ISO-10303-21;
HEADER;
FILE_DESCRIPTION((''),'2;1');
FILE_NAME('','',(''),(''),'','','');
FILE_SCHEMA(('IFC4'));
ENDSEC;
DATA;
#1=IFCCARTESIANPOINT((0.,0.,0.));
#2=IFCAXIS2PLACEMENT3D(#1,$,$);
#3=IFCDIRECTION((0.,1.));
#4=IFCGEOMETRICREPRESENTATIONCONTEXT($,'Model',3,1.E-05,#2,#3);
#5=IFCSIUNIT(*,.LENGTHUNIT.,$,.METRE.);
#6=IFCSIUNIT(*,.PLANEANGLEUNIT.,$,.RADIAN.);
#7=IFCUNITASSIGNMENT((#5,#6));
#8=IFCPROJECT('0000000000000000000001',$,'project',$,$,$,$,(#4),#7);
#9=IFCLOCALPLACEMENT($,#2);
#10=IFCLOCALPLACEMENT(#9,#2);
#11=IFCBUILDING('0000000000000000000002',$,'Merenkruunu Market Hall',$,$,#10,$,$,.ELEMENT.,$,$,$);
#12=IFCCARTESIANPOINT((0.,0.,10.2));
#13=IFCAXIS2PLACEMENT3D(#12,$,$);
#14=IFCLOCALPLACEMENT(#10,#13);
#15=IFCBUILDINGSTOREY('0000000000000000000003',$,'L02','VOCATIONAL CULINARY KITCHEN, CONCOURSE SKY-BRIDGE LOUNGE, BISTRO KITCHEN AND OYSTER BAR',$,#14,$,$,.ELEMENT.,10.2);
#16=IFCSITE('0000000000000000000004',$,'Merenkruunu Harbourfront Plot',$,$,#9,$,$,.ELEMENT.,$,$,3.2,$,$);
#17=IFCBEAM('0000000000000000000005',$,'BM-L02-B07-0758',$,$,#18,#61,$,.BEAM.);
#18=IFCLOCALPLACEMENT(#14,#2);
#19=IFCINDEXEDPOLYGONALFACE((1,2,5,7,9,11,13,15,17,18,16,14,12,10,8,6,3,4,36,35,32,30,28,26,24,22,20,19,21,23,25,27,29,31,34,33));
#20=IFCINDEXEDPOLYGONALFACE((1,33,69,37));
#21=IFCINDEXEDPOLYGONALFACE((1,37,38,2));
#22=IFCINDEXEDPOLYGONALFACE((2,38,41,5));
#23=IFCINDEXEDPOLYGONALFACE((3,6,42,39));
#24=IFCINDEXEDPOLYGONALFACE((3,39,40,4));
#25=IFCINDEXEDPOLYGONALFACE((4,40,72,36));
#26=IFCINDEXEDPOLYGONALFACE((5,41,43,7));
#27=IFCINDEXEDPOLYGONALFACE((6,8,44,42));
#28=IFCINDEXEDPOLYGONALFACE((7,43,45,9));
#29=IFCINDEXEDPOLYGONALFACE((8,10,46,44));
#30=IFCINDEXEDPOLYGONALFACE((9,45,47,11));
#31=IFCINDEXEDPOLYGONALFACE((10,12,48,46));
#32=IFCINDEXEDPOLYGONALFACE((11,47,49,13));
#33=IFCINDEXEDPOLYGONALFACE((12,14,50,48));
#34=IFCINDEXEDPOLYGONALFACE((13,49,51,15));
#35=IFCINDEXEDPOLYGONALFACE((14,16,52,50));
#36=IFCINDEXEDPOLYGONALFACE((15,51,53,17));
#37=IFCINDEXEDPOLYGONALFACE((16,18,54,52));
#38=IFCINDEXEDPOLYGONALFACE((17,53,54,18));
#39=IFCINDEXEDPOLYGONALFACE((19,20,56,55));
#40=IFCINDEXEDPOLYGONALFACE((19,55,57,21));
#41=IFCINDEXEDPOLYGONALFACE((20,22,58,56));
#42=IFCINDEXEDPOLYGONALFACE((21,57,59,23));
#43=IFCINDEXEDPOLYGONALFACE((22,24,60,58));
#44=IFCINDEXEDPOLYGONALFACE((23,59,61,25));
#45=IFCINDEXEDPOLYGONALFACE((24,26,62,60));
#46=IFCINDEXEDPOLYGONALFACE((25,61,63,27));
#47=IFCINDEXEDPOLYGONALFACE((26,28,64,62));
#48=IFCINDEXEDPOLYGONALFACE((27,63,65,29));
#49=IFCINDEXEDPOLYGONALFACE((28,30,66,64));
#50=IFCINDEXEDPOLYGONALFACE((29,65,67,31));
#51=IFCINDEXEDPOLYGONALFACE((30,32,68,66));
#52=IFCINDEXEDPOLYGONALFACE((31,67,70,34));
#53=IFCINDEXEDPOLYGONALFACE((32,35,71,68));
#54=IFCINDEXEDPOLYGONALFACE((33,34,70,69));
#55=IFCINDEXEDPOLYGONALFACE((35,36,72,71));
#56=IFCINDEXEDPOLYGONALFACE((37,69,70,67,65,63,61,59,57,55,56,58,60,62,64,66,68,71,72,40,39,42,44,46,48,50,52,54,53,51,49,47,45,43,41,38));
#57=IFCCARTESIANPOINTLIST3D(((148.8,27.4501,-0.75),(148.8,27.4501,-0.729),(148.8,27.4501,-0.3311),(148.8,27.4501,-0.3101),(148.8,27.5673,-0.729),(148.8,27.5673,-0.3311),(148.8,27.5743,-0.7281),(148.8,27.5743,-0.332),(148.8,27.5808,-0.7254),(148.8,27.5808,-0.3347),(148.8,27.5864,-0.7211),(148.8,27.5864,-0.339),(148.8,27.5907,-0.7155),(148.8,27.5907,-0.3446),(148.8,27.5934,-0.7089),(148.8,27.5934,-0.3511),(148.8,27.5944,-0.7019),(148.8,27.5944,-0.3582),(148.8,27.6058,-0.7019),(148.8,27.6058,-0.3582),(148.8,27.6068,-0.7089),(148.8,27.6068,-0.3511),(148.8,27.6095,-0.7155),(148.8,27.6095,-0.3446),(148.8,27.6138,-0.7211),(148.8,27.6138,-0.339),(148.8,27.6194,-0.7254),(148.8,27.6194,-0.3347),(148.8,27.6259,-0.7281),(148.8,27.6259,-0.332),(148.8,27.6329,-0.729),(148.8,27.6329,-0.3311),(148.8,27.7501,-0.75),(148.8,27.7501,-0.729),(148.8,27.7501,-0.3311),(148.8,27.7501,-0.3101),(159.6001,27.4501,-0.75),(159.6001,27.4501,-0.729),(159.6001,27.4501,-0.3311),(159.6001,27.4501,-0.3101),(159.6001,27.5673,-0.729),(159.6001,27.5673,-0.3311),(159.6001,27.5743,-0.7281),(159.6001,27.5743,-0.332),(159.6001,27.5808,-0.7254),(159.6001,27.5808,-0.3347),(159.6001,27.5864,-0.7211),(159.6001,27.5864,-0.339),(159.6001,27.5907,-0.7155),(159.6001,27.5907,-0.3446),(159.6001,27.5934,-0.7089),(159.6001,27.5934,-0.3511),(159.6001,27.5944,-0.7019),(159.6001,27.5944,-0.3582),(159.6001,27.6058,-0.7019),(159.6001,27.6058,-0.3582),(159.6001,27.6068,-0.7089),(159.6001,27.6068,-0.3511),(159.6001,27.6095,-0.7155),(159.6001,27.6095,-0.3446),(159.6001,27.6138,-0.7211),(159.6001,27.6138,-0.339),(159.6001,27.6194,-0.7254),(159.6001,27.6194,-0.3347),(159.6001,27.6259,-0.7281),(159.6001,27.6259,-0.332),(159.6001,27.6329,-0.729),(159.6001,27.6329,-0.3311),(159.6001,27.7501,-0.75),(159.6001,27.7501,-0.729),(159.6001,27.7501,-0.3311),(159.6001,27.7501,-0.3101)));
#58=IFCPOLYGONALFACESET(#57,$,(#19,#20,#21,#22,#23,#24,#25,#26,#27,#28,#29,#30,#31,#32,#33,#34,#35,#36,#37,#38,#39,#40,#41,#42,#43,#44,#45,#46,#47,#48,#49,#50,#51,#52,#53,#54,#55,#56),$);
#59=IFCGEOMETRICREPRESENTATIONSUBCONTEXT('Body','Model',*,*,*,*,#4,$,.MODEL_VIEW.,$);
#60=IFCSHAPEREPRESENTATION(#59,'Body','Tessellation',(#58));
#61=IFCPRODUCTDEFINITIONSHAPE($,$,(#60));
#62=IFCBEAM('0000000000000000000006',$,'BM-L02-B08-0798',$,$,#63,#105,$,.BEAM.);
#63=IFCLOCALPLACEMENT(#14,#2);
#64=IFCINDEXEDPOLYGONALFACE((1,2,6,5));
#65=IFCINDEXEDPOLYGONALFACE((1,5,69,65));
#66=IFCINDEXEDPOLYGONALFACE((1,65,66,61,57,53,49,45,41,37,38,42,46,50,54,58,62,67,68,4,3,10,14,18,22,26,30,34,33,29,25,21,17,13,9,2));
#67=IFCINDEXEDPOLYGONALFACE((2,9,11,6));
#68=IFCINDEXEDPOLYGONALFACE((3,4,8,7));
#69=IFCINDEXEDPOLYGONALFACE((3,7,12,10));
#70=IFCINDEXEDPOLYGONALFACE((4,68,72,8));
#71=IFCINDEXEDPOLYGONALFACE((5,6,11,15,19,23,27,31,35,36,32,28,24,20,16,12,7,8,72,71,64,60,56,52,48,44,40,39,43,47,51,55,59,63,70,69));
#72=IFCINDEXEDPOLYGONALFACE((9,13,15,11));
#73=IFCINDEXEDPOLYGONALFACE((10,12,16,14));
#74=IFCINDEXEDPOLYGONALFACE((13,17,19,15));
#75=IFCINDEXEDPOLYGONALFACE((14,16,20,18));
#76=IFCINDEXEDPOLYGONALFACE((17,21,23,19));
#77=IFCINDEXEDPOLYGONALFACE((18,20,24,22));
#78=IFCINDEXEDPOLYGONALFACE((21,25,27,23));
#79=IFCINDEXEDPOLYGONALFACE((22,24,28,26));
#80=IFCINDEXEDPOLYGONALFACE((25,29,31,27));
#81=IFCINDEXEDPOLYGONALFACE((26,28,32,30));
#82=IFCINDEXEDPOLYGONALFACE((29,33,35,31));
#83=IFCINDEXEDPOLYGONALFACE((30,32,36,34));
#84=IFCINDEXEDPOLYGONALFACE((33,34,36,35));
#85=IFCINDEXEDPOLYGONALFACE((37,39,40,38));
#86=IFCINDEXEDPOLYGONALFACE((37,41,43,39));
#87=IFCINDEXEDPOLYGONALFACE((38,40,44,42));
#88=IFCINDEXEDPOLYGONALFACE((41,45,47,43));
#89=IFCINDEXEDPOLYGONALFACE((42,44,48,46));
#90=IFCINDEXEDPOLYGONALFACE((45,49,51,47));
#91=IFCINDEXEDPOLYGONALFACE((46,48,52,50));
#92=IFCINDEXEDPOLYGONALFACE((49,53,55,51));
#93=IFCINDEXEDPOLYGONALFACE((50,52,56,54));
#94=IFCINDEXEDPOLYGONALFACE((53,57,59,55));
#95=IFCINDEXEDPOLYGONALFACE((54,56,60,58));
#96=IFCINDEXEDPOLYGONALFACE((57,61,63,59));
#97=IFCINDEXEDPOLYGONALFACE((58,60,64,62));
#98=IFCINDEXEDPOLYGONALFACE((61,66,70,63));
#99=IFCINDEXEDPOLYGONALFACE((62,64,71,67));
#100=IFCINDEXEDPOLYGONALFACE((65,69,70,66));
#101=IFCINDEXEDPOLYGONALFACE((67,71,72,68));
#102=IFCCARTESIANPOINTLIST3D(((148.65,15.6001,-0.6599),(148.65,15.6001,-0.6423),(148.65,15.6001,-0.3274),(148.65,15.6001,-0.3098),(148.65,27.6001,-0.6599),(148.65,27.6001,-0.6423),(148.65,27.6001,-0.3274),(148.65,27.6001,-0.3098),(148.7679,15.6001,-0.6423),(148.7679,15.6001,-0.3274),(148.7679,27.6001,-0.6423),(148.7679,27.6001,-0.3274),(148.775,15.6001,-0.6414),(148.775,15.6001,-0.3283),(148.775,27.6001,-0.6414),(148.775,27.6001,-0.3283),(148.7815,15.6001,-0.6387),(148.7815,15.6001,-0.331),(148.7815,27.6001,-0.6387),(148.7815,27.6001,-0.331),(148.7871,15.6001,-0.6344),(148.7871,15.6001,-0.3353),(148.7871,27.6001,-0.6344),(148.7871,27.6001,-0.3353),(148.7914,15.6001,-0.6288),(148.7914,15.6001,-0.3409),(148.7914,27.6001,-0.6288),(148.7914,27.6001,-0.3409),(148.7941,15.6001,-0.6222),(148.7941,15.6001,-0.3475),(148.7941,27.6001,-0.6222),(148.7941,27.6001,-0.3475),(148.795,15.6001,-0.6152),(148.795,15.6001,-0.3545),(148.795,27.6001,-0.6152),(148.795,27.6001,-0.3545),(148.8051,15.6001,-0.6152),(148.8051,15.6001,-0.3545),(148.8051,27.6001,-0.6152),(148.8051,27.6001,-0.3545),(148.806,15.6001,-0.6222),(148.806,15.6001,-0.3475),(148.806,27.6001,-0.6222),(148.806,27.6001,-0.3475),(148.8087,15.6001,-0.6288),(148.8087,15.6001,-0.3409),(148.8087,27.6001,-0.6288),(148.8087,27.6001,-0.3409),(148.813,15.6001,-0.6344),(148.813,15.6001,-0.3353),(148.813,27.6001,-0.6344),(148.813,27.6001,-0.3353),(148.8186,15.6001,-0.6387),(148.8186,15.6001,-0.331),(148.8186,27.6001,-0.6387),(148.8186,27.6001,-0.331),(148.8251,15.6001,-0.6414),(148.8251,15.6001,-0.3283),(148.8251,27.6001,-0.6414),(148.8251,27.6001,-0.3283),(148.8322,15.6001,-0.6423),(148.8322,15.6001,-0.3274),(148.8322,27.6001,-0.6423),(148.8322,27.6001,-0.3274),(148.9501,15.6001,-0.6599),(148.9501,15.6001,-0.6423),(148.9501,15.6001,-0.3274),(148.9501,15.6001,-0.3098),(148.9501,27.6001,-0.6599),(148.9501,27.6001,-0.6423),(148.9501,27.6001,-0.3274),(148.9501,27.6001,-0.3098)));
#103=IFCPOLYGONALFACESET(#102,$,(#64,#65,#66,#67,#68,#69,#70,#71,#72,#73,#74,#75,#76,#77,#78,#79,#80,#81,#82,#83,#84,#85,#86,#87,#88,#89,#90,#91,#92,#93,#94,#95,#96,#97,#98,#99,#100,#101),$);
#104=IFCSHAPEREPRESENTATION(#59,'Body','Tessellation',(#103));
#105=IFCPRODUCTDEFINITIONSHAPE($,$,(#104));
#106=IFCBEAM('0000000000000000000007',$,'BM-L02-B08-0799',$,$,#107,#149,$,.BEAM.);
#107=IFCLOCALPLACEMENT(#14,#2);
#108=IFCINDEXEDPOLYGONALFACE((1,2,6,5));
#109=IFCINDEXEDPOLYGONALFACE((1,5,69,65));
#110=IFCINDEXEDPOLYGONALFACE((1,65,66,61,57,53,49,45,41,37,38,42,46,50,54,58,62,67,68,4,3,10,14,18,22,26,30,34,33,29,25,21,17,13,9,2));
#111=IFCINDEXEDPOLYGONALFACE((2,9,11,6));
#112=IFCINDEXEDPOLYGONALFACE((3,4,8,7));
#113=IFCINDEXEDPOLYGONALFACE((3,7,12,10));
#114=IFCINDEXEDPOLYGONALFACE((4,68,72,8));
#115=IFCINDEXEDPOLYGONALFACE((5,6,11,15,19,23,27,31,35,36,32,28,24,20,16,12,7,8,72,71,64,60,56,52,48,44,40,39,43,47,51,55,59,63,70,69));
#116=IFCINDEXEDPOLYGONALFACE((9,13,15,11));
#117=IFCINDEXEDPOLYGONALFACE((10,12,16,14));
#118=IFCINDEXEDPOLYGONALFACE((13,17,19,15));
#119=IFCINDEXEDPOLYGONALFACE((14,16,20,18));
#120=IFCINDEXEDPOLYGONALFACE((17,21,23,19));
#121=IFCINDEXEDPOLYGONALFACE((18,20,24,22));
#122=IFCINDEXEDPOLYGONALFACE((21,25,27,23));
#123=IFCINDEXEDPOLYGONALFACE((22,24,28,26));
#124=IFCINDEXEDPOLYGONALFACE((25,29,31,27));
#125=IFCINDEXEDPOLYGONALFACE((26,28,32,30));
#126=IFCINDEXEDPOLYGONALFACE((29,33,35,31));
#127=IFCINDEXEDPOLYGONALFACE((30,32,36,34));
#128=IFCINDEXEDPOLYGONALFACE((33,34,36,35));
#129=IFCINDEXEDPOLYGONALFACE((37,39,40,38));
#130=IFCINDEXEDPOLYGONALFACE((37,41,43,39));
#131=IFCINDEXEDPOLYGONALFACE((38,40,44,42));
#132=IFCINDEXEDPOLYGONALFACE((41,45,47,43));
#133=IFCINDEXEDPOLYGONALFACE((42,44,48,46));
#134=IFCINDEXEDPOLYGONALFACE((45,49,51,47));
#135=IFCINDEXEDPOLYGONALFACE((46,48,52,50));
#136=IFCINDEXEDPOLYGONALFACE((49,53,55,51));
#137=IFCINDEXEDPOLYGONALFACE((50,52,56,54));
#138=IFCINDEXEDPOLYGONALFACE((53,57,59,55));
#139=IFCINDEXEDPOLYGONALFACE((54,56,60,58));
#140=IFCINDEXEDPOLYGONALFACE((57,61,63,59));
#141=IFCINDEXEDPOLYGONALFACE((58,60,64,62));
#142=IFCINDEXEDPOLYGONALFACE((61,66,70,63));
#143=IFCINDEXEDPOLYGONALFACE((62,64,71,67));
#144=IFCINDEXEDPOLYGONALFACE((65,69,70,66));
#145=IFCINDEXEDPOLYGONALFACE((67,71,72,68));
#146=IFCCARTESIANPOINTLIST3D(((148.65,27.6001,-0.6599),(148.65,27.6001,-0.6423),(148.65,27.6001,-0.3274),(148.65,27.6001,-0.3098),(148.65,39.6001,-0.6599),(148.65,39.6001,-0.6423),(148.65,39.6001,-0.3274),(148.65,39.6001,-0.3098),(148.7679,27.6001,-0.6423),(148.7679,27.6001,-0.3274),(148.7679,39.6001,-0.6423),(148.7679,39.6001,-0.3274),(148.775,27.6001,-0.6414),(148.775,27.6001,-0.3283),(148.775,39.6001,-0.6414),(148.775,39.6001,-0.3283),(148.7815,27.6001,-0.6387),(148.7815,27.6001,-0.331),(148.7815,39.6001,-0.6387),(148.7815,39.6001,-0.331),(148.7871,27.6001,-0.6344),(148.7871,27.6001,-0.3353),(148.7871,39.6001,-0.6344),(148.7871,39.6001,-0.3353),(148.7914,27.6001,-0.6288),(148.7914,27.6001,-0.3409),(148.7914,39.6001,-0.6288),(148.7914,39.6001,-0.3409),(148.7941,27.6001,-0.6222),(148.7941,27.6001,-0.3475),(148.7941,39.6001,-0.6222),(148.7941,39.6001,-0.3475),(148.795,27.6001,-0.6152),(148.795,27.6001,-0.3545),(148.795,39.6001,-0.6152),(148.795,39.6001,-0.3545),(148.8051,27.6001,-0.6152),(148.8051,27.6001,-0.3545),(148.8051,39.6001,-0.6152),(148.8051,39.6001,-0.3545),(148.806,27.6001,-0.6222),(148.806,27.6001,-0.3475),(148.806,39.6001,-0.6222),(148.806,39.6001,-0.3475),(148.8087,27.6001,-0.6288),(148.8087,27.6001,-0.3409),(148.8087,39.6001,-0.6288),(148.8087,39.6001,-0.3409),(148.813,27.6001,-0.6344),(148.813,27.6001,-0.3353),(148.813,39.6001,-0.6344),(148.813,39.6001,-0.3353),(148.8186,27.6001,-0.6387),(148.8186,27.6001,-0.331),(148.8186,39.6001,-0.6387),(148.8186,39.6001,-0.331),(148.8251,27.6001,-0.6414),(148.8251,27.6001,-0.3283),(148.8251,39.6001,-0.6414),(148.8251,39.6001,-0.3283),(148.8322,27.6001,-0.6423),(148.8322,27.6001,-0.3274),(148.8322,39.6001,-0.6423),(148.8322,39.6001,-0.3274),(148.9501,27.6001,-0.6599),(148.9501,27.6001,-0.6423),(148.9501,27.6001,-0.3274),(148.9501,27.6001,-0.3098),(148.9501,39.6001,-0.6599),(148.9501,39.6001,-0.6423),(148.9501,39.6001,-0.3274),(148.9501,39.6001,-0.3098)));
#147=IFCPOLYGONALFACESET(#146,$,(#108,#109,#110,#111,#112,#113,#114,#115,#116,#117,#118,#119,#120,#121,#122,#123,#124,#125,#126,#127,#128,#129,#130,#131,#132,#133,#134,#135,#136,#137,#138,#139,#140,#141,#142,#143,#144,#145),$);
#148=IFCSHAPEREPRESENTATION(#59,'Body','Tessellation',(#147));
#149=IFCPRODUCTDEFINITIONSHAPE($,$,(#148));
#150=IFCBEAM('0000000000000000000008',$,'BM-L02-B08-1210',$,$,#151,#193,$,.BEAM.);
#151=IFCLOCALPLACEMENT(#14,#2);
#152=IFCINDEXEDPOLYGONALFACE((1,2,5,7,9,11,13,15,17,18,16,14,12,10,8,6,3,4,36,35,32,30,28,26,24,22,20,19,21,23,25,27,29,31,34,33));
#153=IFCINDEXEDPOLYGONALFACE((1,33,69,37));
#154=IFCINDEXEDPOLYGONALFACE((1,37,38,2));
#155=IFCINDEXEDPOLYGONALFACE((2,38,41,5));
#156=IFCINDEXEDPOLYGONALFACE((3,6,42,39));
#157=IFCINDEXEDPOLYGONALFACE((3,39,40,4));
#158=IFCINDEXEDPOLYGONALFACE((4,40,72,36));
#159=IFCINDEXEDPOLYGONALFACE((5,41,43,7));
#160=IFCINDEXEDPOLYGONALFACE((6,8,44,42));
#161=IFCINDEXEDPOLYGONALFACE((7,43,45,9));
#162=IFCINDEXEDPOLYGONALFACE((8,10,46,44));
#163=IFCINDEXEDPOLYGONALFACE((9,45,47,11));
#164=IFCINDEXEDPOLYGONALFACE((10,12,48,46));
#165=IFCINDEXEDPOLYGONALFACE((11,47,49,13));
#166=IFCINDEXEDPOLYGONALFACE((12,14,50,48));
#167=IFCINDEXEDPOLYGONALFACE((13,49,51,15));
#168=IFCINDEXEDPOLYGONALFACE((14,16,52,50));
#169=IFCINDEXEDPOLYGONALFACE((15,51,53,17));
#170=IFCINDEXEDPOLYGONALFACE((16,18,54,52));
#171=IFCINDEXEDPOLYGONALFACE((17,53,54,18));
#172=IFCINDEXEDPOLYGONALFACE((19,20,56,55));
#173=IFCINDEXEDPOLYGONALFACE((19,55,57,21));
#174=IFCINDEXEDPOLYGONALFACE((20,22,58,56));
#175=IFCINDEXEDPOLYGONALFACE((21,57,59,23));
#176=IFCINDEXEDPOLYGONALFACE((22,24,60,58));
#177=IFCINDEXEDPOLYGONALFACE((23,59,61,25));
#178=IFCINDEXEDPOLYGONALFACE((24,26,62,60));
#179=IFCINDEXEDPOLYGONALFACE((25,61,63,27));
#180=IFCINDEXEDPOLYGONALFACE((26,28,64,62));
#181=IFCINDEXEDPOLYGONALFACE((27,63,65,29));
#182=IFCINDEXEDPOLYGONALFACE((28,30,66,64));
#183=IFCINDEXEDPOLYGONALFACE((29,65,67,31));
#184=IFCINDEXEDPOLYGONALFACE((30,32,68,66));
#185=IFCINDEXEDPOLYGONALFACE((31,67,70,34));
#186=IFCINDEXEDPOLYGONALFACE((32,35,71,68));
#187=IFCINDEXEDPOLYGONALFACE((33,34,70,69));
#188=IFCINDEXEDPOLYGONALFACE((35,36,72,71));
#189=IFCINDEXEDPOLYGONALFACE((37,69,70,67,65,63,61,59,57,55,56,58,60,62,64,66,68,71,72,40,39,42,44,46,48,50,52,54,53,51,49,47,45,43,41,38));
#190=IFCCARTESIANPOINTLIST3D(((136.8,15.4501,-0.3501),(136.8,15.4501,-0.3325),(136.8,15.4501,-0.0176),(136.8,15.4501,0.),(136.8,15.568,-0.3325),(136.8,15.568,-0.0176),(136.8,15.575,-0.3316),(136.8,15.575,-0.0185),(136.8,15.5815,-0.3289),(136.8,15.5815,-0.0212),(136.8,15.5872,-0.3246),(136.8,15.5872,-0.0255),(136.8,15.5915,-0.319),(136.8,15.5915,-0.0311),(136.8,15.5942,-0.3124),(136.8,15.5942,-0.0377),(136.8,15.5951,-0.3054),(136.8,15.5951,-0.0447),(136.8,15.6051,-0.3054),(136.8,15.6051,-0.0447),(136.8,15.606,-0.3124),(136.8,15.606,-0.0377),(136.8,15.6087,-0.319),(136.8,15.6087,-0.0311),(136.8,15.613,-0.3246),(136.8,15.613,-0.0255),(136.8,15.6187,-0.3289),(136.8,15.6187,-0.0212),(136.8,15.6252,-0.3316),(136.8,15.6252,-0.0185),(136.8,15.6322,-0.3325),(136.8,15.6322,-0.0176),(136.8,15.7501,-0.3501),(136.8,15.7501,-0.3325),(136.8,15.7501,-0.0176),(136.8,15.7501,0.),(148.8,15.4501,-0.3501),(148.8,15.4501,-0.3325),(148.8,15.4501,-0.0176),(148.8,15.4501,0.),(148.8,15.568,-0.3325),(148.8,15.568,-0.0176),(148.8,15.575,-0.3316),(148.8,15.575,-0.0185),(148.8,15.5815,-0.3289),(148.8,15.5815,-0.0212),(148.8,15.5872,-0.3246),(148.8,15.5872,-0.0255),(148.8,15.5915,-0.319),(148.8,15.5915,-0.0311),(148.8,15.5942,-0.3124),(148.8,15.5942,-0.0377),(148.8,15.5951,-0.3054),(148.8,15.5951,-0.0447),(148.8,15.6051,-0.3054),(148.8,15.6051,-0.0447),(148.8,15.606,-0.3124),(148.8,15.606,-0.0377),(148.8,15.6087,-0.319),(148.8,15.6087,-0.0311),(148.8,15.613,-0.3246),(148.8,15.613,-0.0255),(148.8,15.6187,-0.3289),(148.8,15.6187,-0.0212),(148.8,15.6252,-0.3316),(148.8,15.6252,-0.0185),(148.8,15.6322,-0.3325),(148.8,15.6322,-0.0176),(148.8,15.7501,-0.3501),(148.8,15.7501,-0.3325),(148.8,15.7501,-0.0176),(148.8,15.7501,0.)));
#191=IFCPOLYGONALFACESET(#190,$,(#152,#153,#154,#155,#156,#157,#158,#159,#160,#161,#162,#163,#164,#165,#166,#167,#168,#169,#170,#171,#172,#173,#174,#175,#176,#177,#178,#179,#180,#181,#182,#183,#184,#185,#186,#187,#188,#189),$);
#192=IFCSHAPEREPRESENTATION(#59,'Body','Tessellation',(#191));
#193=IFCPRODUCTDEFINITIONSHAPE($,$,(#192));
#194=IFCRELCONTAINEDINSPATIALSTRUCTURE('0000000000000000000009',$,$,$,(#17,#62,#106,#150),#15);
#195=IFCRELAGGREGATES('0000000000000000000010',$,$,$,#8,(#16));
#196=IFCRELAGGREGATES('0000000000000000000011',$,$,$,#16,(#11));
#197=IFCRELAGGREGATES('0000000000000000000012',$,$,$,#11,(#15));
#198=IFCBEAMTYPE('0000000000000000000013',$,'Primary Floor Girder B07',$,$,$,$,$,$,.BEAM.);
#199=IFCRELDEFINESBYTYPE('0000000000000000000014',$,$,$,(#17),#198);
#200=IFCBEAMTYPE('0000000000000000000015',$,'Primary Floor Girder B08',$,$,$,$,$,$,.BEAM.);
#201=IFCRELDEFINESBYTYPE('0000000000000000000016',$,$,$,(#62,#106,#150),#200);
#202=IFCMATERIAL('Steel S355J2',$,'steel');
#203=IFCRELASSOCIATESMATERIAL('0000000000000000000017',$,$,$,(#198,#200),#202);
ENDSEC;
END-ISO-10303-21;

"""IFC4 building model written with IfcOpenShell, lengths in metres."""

from ifc_helpers import new_model, si_unit, direction, frame, origin, origin_2d, place, context, subcontext, project, spatial, i_section, extrude, material, material_profile, profile_set, type_object, element, save


model = new_model("IFC4")

# Units and contexts
model_context = context("Model", 3, precision=1e-05, world=origin(), true_north=direction((0.0, 1.0)))
body_context = subcontext(model_context, "Body", "Model", "MODEL_VIEW")
ifc_project = project(units=[si_unit("LENGTHUNIT", "METRE"), si_unit("PLANEANGLEUNIT", "RADIAN")], contexts=[model_context])

# Site, building, storey
site_placement = place(None, origin())
site = spatial("IfcSite", under=ifc_project, at=site_placement, Name="Merenkruunu Harbourfront Plot", CompositionType="ELEMENT", RefElevation=3.2)
building_placement = place(site_placement, origin())
building = spatial("IfcBuilding", under=site, at=building_placement, Name="Merenkruunu Market Hall", CompositionType="ELEMENT")
storey_placement = place(building_placement, frame((0.0, 0.0, 10.2)))
storey = spatial("IfcBuildingStorey", under=building, at=storey_placement, Name="L02", Description="VOCATIONAL CULINARY KITCHEN, CONCOURSE SKY-BRIDGE LOUNGE, BISTRO KITCHEN AND OYSTER BAR", CompositionType="ELEMENT", Elevation=10.2)

# Shared definitions
ifc_material_1 = material(Name="Steel S355J2", Category="steel")

# Beams
ifc_material_profile_1 = material_profile(ifc_material_1, i_section(OverallWidth=0.3, OverallDepth=0.4399, WebThickness=0.0115, FlangeThickness=0.021, FilletRadius=0.0271, at=origin_2d()), Name="HEA 450")
ifc_profile_set_1 = profile_set([ifc_material_profile_1], Name="Steel S355J2")
beam_type_1 = type_object("IfcBeamType", Name="Primary Floor Girder B07", PredefinedType="BEAM", material=ifc_profile_set_1)
for number, where, z_axis, x_axis, name in (
    (1, (148.8, 27.6001, -0.53), (1.0, 0.0, 0.0), (0.0, 1.0, 0.0), "BM-L02-B07-0758"),
):
    element("IfcBeam", number, at=place(storey_placement, frame(where, z_axis=z_axis, x_axis=x_axis)), inside=storey, type_object=beam_type_1, Name=name, PredefinedType="BEAM", context=body_context, shape_type="SweptSolid", body=[
        extrude(i_section(OverallWidth=0.3, OverallDepth=0.4399, WebThickness=0.0115, FlangeThickness=0.021, FilletRadius=0.0271, at=origin_2d()), origin(), (0.0, 0.0, 1.0), 10.8),
    ])
ifc_material_profile_2 = material_profile(ifc_material_1, i_section(OverallWidth=0.3, OverallDepth=0.3501, WebThickness=0.01, FlangeThickness=0.0176, FilletRadius=0.0271, at=origin_2d()), Name="HEA 360")
ifc_profile_set_2 = profile_set([ifc_material_profile_2], Name="Steel S355J2")
beam_type_2 = type_object("IfcBeamType", Name="Primary Floor Girder B08", PredefinedType="BEAM", material=ifc_profile_set_2)
for number, where, z_axis, x_axis, name in (
    (2, (148.8, 15.6001, -0.4849), (0.0, 1.0, 0.0), (-1.0, 0.0, 0.0), "BM-L02-B08-0798"),
    (3, (148.8, 27.6001, -0.4849), (0.0, 1.0, 0.0), (-1.0, 0.0, 0.0), "BM-L02-B08-0799"),
    (4, (136.8, 15.6001, -0.175), (1.0, 0.0, 0.0), (0.0, 1.0, 0.0), "BM-L02-B08-1210"),
):
    element("IfcBeam", number, at=place(storey_placement, frame(where, z_axis=z_axis, x_axis=x_axis)), inside=storey, type_object=beam_type_2, Name=name, PredefinedType="BEAM", context=body_context, shape_type="SweptSolid", body=[
        extrude(i_section(OverallWidth=0.3, OverallDepth=0.3501, WebThickness=0.01, FlangeThickness=0.0176, FilletRadius=0.0271, at=origin_2d()), origin(), (0.0, 0.0, 1.0), 12.0),
    ])

save(model, "model.ifc")
